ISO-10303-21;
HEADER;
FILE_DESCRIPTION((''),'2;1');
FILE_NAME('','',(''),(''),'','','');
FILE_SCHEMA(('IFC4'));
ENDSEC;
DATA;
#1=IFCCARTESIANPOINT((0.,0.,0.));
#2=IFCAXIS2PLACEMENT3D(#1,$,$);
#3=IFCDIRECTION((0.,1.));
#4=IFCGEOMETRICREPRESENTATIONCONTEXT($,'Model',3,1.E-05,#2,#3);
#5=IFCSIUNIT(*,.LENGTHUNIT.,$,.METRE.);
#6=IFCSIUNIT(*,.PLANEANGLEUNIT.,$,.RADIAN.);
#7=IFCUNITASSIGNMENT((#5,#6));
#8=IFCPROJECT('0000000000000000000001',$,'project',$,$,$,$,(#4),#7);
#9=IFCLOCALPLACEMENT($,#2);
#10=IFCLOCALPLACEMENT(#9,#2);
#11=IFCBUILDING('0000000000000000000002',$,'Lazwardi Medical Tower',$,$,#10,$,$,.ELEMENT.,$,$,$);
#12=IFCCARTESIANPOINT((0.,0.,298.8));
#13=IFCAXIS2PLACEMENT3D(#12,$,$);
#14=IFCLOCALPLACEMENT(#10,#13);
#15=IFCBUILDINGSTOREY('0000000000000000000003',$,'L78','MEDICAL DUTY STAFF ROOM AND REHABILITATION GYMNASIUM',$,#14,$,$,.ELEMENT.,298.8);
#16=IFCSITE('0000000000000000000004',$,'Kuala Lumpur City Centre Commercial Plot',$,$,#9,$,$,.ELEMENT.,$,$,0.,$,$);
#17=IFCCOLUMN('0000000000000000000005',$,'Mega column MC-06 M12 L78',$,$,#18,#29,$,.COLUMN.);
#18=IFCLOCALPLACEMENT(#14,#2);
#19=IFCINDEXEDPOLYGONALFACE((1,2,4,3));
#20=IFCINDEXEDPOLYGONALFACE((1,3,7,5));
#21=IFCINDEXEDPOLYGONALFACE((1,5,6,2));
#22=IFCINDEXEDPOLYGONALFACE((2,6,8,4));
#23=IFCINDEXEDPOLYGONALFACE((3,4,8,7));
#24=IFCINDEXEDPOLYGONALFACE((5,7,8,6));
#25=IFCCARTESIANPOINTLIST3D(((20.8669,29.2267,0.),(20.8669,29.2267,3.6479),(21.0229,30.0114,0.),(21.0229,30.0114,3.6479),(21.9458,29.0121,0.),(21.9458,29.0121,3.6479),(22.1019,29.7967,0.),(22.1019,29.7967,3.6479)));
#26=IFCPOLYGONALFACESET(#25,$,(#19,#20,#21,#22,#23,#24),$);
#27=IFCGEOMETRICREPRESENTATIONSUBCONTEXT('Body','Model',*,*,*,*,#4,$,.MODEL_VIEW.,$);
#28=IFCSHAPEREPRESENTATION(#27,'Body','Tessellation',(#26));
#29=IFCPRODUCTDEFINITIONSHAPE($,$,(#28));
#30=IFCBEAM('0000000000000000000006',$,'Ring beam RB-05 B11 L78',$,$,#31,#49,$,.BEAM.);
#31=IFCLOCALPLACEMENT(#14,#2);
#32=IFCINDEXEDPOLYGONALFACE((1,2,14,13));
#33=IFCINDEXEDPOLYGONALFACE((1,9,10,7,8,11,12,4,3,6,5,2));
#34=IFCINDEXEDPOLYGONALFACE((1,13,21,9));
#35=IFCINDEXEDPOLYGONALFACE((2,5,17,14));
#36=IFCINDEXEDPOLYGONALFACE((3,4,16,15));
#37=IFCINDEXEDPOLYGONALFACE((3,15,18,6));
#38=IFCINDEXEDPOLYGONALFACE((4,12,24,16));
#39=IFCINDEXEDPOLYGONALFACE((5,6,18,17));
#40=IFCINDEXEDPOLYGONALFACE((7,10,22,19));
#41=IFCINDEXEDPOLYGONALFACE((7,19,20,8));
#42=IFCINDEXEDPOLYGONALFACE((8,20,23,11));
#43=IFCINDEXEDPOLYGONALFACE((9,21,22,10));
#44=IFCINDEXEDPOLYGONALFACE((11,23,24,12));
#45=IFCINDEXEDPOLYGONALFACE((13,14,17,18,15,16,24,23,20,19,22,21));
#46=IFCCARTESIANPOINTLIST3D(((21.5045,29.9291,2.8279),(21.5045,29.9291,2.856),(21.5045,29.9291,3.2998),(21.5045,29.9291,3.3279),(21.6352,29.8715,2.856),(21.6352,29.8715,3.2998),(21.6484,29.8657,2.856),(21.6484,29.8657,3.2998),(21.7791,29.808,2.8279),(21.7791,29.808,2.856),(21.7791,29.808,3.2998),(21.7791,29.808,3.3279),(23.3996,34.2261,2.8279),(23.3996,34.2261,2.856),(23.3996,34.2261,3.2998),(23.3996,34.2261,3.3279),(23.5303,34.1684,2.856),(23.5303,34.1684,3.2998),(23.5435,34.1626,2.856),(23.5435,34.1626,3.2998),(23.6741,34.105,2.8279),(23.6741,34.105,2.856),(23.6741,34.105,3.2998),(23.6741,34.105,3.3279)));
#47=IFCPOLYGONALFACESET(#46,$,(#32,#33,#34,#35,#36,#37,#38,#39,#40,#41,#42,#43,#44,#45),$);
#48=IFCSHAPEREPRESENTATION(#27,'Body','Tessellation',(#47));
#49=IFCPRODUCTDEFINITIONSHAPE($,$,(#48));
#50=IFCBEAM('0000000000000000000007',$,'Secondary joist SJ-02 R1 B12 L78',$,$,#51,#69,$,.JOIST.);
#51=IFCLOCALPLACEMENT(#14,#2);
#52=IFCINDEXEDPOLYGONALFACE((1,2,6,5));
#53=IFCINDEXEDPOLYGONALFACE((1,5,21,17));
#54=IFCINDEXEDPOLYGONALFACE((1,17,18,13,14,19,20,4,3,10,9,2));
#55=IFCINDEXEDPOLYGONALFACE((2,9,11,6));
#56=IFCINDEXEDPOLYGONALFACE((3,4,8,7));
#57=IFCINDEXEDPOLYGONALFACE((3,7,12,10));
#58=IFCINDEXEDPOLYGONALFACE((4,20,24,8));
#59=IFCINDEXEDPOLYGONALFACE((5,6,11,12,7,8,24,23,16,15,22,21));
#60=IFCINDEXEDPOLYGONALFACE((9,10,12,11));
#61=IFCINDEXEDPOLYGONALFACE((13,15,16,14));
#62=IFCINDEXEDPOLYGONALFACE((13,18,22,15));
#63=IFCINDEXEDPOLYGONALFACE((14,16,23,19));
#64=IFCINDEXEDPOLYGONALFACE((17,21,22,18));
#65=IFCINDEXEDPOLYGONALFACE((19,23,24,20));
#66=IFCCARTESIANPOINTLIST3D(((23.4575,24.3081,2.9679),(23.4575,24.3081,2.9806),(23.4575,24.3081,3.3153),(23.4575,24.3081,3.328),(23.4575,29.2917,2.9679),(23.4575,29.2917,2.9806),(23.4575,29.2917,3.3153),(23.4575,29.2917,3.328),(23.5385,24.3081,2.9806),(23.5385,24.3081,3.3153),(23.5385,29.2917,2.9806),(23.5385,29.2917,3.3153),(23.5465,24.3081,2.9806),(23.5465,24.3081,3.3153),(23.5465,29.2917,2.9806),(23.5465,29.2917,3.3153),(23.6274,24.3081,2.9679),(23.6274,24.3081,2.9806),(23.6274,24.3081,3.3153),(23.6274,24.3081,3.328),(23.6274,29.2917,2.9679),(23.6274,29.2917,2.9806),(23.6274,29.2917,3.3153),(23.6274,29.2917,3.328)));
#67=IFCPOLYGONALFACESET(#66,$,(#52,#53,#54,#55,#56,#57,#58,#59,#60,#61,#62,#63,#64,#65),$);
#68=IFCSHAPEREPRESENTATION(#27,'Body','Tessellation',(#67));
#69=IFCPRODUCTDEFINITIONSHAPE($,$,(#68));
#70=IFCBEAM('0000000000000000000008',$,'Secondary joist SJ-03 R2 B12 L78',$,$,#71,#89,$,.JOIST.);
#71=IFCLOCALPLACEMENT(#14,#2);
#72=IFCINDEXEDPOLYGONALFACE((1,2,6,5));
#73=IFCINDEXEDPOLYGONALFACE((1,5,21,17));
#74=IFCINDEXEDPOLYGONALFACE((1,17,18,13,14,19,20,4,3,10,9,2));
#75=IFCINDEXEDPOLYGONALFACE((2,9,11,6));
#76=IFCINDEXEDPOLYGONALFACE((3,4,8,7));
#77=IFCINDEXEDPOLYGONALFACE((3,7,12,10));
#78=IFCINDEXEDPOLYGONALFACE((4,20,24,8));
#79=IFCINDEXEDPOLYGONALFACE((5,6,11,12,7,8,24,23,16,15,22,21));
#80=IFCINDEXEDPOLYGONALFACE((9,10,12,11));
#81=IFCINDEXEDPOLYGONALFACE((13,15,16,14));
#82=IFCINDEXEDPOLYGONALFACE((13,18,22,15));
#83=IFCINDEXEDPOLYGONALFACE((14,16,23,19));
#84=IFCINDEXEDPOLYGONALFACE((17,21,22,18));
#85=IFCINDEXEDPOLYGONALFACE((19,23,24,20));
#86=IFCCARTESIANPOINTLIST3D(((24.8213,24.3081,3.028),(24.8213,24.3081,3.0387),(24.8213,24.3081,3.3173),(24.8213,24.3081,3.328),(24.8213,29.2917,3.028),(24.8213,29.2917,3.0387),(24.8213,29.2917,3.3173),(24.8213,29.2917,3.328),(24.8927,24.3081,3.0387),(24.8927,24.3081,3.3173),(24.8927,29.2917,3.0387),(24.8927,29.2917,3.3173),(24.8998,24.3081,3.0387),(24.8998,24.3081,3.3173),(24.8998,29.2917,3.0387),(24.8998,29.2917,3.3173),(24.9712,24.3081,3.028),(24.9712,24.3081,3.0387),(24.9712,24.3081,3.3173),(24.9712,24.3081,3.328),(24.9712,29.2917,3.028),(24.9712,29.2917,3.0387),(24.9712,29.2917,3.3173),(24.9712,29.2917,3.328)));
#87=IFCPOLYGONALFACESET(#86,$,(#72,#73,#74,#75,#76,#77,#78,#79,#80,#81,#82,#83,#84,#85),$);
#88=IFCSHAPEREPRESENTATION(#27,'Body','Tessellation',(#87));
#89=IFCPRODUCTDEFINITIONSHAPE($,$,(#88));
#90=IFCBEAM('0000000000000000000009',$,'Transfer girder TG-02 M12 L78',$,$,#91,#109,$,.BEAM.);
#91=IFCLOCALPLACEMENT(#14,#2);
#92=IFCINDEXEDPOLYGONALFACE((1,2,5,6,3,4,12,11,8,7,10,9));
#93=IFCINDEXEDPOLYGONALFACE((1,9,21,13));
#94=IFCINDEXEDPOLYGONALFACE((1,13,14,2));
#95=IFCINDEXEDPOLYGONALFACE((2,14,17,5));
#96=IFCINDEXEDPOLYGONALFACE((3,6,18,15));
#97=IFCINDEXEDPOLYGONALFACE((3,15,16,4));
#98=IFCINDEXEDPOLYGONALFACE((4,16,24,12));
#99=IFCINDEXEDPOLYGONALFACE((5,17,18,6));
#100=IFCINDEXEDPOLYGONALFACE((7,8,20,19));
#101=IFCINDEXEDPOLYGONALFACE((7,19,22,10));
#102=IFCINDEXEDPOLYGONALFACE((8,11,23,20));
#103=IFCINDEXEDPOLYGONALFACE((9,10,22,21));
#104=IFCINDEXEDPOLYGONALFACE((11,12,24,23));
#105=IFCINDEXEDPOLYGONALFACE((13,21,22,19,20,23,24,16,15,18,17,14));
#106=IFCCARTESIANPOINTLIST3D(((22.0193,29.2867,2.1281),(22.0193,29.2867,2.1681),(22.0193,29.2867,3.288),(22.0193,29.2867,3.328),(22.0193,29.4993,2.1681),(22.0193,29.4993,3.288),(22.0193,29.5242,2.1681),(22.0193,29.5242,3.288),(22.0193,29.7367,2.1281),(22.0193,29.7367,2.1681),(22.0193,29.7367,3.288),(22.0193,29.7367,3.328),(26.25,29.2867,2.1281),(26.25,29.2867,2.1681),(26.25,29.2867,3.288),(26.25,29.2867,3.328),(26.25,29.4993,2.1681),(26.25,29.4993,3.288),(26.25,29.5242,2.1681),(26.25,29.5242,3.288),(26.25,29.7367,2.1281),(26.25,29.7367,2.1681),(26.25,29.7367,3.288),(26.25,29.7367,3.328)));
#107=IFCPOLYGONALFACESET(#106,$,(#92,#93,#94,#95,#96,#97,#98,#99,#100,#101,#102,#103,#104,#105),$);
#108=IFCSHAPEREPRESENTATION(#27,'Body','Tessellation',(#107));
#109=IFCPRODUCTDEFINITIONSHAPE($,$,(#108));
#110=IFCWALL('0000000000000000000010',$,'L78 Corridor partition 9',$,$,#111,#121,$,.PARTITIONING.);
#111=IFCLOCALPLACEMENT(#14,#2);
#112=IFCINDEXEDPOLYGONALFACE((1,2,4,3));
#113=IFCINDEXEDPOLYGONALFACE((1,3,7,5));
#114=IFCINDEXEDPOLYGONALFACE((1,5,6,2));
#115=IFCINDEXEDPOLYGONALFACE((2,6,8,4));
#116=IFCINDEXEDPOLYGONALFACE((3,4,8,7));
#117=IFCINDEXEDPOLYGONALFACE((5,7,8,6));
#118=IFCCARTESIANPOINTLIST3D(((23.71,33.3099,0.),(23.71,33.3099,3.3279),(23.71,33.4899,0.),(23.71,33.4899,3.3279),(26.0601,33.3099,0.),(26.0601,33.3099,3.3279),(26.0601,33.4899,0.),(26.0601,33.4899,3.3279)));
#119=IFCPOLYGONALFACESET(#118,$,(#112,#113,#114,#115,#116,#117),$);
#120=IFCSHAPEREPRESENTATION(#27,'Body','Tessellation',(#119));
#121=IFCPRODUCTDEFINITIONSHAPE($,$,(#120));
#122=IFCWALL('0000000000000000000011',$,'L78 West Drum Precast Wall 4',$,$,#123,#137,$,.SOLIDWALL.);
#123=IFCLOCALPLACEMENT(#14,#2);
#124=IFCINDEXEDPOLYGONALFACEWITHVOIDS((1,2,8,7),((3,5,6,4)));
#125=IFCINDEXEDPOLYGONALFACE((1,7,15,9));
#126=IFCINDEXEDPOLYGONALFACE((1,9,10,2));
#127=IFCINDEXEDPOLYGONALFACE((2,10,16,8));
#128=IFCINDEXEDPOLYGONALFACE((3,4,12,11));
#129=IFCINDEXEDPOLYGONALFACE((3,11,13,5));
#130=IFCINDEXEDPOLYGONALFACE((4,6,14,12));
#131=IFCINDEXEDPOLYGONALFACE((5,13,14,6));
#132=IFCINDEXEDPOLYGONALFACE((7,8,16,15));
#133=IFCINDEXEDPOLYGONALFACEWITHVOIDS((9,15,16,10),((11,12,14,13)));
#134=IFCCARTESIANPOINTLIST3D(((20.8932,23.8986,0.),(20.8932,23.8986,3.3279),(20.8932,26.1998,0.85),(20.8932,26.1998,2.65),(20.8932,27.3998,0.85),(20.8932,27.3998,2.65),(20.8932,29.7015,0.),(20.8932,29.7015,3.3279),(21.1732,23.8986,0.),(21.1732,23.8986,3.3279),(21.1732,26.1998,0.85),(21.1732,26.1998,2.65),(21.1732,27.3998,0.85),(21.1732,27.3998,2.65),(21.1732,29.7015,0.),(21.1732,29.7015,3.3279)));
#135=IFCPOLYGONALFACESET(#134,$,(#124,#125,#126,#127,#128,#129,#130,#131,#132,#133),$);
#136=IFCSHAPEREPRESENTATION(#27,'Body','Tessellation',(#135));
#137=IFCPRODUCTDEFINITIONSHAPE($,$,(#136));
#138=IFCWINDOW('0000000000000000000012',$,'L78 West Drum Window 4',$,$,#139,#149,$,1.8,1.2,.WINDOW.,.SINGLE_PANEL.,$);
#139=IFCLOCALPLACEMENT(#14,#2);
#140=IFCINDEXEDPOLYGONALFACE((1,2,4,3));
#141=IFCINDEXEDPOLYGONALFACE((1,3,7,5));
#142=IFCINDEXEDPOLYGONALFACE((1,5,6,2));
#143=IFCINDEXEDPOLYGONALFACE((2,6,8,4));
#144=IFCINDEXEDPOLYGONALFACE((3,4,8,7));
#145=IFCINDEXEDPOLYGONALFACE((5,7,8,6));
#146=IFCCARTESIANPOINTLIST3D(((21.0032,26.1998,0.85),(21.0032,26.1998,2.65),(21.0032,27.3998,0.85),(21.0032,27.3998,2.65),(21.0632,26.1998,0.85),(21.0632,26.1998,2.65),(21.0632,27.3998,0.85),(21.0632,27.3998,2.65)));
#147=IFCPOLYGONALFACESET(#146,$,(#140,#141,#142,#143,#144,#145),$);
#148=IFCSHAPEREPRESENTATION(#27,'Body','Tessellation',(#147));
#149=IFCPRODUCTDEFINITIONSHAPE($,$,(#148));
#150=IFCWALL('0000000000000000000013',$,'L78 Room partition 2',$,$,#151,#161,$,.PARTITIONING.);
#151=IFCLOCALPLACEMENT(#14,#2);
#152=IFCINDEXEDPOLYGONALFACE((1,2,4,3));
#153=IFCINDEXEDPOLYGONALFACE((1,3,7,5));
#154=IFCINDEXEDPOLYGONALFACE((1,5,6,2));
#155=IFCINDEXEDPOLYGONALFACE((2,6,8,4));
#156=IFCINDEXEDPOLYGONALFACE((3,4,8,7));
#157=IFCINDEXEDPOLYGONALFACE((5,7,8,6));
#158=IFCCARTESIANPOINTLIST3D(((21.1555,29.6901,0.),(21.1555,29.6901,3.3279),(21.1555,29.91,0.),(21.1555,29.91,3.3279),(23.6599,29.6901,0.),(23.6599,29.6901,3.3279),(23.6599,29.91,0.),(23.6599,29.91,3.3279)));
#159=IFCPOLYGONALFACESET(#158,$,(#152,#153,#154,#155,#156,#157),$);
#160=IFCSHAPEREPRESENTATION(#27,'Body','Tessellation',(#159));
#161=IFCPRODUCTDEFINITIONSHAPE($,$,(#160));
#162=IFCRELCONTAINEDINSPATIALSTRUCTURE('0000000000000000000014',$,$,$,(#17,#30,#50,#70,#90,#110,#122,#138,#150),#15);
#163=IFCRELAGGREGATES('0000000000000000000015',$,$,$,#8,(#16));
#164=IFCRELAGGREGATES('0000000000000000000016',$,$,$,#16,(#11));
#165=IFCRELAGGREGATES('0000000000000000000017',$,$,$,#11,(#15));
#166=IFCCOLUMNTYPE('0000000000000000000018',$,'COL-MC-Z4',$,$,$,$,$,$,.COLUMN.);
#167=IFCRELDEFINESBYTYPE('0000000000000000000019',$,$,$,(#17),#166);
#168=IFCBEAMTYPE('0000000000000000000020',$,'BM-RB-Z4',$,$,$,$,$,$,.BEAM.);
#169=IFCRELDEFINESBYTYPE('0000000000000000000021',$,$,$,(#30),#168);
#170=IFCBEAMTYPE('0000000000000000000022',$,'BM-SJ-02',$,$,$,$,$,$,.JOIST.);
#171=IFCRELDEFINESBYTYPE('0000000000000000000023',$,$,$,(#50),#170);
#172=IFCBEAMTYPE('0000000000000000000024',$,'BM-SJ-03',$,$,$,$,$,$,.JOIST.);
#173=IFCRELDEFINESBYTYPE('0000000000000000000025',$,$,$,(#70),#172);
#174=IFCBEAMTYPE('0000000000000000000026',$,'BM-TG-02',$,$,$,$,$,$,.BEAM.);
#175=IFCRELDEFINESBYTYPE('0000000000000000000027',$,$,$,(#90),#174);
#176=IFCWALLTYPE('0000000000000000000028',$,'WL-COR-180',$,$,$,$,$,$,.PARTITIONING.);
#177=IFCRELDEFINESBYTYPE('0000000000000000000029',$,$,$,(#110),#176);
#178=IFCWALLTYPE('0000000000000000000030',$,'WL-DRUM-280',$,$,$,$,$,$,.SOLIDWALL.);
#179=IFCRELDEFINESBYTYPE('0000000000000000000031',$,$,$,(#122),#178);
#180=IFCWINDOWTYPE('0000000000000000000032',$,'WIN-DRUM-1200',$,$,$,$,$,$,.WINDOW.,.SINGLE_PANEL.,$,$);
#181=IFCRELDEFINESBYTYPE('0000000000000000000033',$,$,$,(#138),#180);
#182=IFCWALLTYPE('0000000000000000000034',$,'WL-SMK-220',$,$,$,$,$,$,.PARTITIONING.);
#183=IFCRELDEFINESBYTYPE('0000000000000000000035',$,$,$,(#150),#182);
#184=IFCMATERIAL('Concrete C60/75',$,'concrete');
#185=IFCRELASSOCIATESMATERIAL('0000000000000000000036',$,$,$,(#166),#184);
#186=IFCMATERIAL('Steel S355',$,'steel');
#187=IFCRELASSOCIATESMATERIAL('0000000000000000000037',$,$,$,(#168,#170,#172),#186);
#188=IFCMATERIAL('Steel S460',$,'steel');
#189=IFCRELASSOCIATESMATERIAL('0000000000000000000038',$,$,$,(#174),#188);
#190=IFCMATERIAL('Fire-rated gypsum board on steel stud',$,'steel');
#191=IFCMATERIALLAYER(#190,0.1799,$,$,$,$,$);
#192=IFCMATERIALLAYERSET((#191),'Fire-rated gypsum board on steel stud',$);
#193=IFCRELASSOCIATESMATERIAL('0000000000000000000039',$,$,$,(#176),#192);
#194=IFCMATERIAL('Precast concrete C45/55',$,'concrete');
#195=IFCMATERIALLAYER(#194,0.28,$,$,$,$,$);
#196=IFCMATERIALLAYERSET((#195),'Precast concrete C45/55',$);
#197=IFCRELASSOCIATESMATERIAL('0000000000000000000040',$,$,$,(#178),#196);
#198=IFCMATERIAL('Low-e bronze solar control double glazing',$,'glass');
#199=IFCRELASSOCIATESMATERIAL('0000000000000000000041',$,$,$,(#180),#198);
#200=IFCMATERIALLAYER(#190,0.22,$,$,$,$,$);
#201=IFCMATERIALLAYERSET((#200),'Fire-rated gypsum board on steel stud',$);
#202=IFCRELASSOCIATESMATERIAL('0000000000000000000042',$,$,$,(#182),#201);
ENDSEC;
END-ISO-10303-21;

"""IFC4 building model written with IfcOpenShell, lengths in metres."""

from ifc_helpers import new_model, si_unit, direction, frame, frame_2d, origin, origin_2d, place, context, subcontext, project, spatial, rectangle, i_section, extrude, material, layer, layer_set, material_profile, profile_set, type_object, element, fill, save


model = new_model("IFC4")

# Units and contexts
model_context = context("Model", 3, precision=1e-05, world=origin(), true_north=direction((0.0, 1.0)))
body_context = subcontext(model_context, "Body", "Model", "MODEL_VIEW")
ifc_project = project(units=[si_unit("LENGTHUNIT", "METRE"), si_unit("PLANEANGLEUNIT", "RADIAN")], contexts=[model_context])

# Site, building, storey
site_placement = place(None, origin())
site = spatial("IfcSite", under=ifc_project, at=site_placement, Name="Kuala Lumpur City Centre Commercial Plot", CompositionType="ELEMENT", RefElevation=0.0)
building_placement = place(site_placement, origin())
building = spatial("IfcBuilding", under=site, at=building_placement, Name="Lazwardi Medical Tower", CompositionType="ELEMENT")
storey_placement = place(building_placement, frame((0.0, 0.0, 298.8)))
storey = spatial("IfcBuildingStorey", under=building, at=storey_placement, Name="L78", Description="MEDICAL DUTY STAFF ROOM AND REHABILITATION GYMNASIUM", CompositionType="ELEMENT", Elevation=298.8)

# Column
ifc_material_1 = material(Name="Concrete C60/75", Category="concrete")
ifc_material_profile_1 = material_profile(ifc_material_1, rectangle(XDim=1.1001, YDim=0.8, at=origin_2d()), Name="CFT-RECT 1100x800")
ifc_profile_set_1 = profile_set([ifc_material_profile_1], Name="Concrete C60/75")
column_type = type_object("IfcColumnType", Name="COL-MC-Z4", PredefinedType="COLUMN", material=ifc_profile_set_1)
column_placement = place(storey_placement, frame((21.4844, 29.5117, 0.0), z_axis=(0.0, 0.0, 1.0), x_axis=(-0.980785, 0.19509, 0.0)))
element("IfcColumn", 1, at=column_placement, inside=storey, type_object=column_type, Name="Mega column MC-06 M12 L78", PredefinedType="COLUMN", context=body_context, shape_type="SweptSolid", body=[
    extrude(rectangle(XDim=1.1001, YDim=0.8, at=origin_2d()), origin(), (0.0, 0.0, 1.0), 3.6479),
])

# Beams
ifc_material_2 = material(Name="Steel S355", Category="steel")
ifc_material_profile_2 = material_profile(ifc_material_2, i_section(OverallWidth=0.3, OverallDepth=0.5, WebThickness=0.0144, FlangeThickness=0.0281, at=origin_2d()), Name="HEB 500")
ifc_profile_set_2 = profile_set([ifc_material_profile_2], Name="Steel S355")
beam_type_1 = type_object("IfcBeamType", Name="BM-RB-Z4", PredefinedType="BEAM", material=ifc_profile_set_2)
beam_1_placement = place(storey_placement, frame((23.5369, 34.1655, 3.0779), z_axis=(-0.403522, -0.91497, 0.0), x_axis=(0.91497, -0.403522, 0.0)))
element("IfcBeam", 2, at=beam_1_placement, inside=storey, type_object=beam_type_1, Name="Ring beam RB-05 B11 L78", PredefinedType="BEAM", context=body_context, shape_type="SweptSolid", body=[
    extrude(i_section(OverallWidth=0.3, OverallDepth=0.5, WebThickness=0.0144, FlangeThickness=0.0281, at=origin_2d()), origin(), (0.0, 0.0, 1.0), 4.6963),
])
ifc_material_profile_3 = material_profile(ifc_material_2, i_section(OverallWidth=0.1699, OverallDepth=0.3601, WebThickness=0.0081, FlangeThickness=0.0127, at=origin_2d()), Name="IPE 360")
ifc_profile_set_3 = profile_set([ifc_material_profile_3], Name="Steel S355")
beam_type_2 = type_object("IfcBeamType", Name="BM-SJ-02", PredefinedType="JOIST", material=ifc_profile_set_3)
beam_2_placement = place(storey_placement, frame((23.5425, 29.2917, 3.1479), z_axis=(0.0, -1.0, 0.0), x_axis=(1.0, 0.0, 0.0)))
element("IfcBeam", 3, at=beam_2_placement, inside=storey, type_object=beam_type_2, Name="Secondary joist SJ-02 R1 B12 L78", PredefinedType="JOIST", context=body_context, shape_type="SweptSolid", body=[
    extrude(i_section(OverallWidth=0.1699, OverallDepth=0.3601, WebThickness=0.0081, FlangeThickness=0.0127, at=origin_2d()), origin(), (0.0, 0.0, 1.0), 4.9836),
])
ifc_material_profile_4 = material_profile(ifc_material_2, i_section(OverallWidth=0.1499, OverallDepth=0.3, WebThickness=0.0071, FlangeThickness=0.0107, at=origin_2d()), Name="IPE 300")
ifc_profile_set_4 = profile_set([ifc_material_profile_4], Name="Steel S355")
beam_type_3 = type_object("IfcBeamType", Name="BM-SJ-03", PredefinedType="JOIST", material=ifc_profile_set_4)
beam_3_placement = place(storey_placement, frame((24.8962, 29.2917, 3.178), z_axis=(0.0, -1.0, 0.0), x_axis=(1.0, 0.0, 0.0)))
element("IfcBeam", 4, at=beam_3_placement, inside=storey, type_object=beam_type_3, Name="Secondary joist SJ-03 R2 B12 L78", PredefinedType="JOIST", context=body_context, shape_type="SweptSolid", body=[
    extrude(i_section(OverallWidth=0.1499, OverallDepth=0.3, WebThickness=0.0071, FlangeThickness=0.0107, at=origin_2d()), origin(), (0.0, 0.0, 1.0), 4.9836),
])
ifc_material_3 = material(Name="Steel S460", Category="steel")
ifc_material_profile_5 = material_profile(ifc_material_3, i_section(OverallWidth=0.45, OverallDepth=1.2, WebThickness=0.0249, FlangeThickness=0.04, at=origin_2d()), Name="PG 1200x450")
ifc_profile_set_5 = profile_set([ifc_material_profile_5], Name="Steel S460")
beam_type_4 = type_object("IfcBeamType", Name="BM-TG-02", PredefinedType="BEAM", material=ifc_profile_set_5)
beam_4_placement = place(storey_placement, frame((22.0193, 29.5117, 2.728), z_axis=(1.0, 0.0, 0.0), x_axis=(0.0, 1.0, 0.0)))
element("IfcBeam", 5, at=beam_4_placement, inside=storey, type_object=beam_type_4, Name="Transfer girder TG-02 M12 L78", PredefinedType="BEAM", context=body_context, shape_type="SweptSolid", body=[
    extrude(i_section(OverallWidth=0.45, OverallDepth=1.2, WebThickness=0.0249, FlangeThickness=0.04, at=origin_2d()), origin(), (0.0, 0.0, 1.0), 4.2307),
])

# Wall
ifc_material_4 = material(Name="Fire-rated gypsum board on steel stud", Category="steel")
ifc_layer_1 = layer(ifc_material_4, 0.1799)
ifc_layer_set_1 = layer_set([ifc_layer_1], Name="Fire-rated gypsum board on steel stud")
wall_type_1 = type_object("IfcWallType", Name="WL-COR-180", PredefinedType="PARTITIONING", material=ifc_layer_set_1)
wall_1_placement = place(storey_placement, frame((23.71, 33.3999, 0.0), z_axis=(0.0, 0.0, 1.0), x_axis=(1.0, 0.0, 0.0)))
element("IfcWall", 6, at=wall_1_placement, inside=storey, type_object=wall_type_1, Name="L78 Corridor partition 9", PredefinedType="PARTITIONING", context=body_context, shape_type="SweptSolid", body=[
    extrude(rectangle(XDim=2.3501, YDim=0.1799, at=frame_2d((1.175, 0.0))), origin(), (0.0, 0.0, 1.0), 3.3279),
])

# Wall, opening, window
ifc_material_5 = material(Name="Precast concrete C45/55", Category="concrete")
ifc_layer_2 = layer(ifc_material_5, 0.28)
ifc_layer_set_2 = layer_set([ifc_layer_2], Name="Precast concrete C45/55")
wall_type_2 = type_object("IfcWallType", Name="WL-DRUM-280", PredefinedType="SOLIDWALL", material=ifc_layer_set_2)
wall_2_placement = place(storey_placement, frame((21.0332, 29.7014, 0.0), z_axis=(0.0, 0.0, 1.0), x_axis=(0.0, -1.0, 0.0)))
wall_2 = element("IfcWall", 7, at=wall_2_placement, inside=storey, type_object=wall_type_2, Name="L78 West Drum Precast Wall 4", PredefinedType="SOLIDWALL", context=body_context, shape_type="SweptSolid", body=[
    extrude(rectangle(XDim=5.803, YDim=0.28, at=frame_2d((2.9014, 0.0))), origin(), (0.0, 0.0, 1.0), 3.3279),
])
opening_1_placement = place(wall_2_placement, frame((2.3015, 0.0, 0.8501)))
opening_1 = element("IfcOpeningElement", 8, at=opening_1_placement, cuts=wall_2, PredefinedType="OPENING", context=body_context, shape_type="SweptSolid", body=[
    extrude(rectangle(XDim=1.2, YDim=1.8, at=frame_2d((0.6001, 0.8999))), frame((0.0, 0.1499, 0.0), z_axis=(0.0, -1.0, 0.0), x_axis=(1.0, 0.0, 0.0)), (0.0, 0.0, 1.0), 0.3),
])
ifc_material_6 = material(Name="Low-e bronze solar control double glazing", Category="glass")
window_type = type_object("IfcWindowType", Name="WIN-DRUM-1200", PartitioningType="SINGLE_PANEL", PredefinedType="WINDOW", material=ifc_material_6)
window_placement = place(opening_1_placement, origin())
window = element("IfcWindow", 9, at=window_placement, inside=storey, type_object=window_type, Name="L78 West Drum Window 4", OverallHeight=1.8, OverallWidth=1.2, PartitioningType="SINGLE_PANEL", PredefinedType="WINDOW", context=body_context, shape_type="SweptSolid", body=[
    extrude(rectangle(XDim=1.2, YDim=1.8, at=frame_2d((0.6001, 0.8999))), frame((0.0, 0.03, 0.0), z_axis=(0.0, -1.0, 0.0), x_axis=(1.0, 0.0, 0.0)), (0.0, 0.0, 1.0), 0.0601),
])
fill(opening_1, window)

# Wall
ifc_layer_3 = layer(ifc_material_4, 0.22)
ifc_layer_set_3 = layer_set([ifc_layer_3], Name="Fire-rated gypsum board on steel stud")
wall_type_3 = type_object("IfcWallType", Name="WL-SMK-220", PredefinedType="PARTITIONING", material=ifc_layer_set_3)
wall_3_placement = place(storey_placement, frame((21.1555, 29.8, 0.0), z_axis=(0.0, 0.0, 1.0), x_axis=(1.0, 0.0, 0.0)))
element("IfcWall", 10, at=wall_3_placement, inside=storey, type_object=wall_type_3, Name="L78 Room partition 2", PredefinedType="PARTITIONING", context=body_context, shape_type="SweptSolid", body=[
    extrude(rectangle(XDim=2.5044, YDim=0.22, at=frame_2d((1.2522, 0.0))), origin(), (0.0, 0.0, 1.0), 3.3279),
])

save(model, "model.ifc")
